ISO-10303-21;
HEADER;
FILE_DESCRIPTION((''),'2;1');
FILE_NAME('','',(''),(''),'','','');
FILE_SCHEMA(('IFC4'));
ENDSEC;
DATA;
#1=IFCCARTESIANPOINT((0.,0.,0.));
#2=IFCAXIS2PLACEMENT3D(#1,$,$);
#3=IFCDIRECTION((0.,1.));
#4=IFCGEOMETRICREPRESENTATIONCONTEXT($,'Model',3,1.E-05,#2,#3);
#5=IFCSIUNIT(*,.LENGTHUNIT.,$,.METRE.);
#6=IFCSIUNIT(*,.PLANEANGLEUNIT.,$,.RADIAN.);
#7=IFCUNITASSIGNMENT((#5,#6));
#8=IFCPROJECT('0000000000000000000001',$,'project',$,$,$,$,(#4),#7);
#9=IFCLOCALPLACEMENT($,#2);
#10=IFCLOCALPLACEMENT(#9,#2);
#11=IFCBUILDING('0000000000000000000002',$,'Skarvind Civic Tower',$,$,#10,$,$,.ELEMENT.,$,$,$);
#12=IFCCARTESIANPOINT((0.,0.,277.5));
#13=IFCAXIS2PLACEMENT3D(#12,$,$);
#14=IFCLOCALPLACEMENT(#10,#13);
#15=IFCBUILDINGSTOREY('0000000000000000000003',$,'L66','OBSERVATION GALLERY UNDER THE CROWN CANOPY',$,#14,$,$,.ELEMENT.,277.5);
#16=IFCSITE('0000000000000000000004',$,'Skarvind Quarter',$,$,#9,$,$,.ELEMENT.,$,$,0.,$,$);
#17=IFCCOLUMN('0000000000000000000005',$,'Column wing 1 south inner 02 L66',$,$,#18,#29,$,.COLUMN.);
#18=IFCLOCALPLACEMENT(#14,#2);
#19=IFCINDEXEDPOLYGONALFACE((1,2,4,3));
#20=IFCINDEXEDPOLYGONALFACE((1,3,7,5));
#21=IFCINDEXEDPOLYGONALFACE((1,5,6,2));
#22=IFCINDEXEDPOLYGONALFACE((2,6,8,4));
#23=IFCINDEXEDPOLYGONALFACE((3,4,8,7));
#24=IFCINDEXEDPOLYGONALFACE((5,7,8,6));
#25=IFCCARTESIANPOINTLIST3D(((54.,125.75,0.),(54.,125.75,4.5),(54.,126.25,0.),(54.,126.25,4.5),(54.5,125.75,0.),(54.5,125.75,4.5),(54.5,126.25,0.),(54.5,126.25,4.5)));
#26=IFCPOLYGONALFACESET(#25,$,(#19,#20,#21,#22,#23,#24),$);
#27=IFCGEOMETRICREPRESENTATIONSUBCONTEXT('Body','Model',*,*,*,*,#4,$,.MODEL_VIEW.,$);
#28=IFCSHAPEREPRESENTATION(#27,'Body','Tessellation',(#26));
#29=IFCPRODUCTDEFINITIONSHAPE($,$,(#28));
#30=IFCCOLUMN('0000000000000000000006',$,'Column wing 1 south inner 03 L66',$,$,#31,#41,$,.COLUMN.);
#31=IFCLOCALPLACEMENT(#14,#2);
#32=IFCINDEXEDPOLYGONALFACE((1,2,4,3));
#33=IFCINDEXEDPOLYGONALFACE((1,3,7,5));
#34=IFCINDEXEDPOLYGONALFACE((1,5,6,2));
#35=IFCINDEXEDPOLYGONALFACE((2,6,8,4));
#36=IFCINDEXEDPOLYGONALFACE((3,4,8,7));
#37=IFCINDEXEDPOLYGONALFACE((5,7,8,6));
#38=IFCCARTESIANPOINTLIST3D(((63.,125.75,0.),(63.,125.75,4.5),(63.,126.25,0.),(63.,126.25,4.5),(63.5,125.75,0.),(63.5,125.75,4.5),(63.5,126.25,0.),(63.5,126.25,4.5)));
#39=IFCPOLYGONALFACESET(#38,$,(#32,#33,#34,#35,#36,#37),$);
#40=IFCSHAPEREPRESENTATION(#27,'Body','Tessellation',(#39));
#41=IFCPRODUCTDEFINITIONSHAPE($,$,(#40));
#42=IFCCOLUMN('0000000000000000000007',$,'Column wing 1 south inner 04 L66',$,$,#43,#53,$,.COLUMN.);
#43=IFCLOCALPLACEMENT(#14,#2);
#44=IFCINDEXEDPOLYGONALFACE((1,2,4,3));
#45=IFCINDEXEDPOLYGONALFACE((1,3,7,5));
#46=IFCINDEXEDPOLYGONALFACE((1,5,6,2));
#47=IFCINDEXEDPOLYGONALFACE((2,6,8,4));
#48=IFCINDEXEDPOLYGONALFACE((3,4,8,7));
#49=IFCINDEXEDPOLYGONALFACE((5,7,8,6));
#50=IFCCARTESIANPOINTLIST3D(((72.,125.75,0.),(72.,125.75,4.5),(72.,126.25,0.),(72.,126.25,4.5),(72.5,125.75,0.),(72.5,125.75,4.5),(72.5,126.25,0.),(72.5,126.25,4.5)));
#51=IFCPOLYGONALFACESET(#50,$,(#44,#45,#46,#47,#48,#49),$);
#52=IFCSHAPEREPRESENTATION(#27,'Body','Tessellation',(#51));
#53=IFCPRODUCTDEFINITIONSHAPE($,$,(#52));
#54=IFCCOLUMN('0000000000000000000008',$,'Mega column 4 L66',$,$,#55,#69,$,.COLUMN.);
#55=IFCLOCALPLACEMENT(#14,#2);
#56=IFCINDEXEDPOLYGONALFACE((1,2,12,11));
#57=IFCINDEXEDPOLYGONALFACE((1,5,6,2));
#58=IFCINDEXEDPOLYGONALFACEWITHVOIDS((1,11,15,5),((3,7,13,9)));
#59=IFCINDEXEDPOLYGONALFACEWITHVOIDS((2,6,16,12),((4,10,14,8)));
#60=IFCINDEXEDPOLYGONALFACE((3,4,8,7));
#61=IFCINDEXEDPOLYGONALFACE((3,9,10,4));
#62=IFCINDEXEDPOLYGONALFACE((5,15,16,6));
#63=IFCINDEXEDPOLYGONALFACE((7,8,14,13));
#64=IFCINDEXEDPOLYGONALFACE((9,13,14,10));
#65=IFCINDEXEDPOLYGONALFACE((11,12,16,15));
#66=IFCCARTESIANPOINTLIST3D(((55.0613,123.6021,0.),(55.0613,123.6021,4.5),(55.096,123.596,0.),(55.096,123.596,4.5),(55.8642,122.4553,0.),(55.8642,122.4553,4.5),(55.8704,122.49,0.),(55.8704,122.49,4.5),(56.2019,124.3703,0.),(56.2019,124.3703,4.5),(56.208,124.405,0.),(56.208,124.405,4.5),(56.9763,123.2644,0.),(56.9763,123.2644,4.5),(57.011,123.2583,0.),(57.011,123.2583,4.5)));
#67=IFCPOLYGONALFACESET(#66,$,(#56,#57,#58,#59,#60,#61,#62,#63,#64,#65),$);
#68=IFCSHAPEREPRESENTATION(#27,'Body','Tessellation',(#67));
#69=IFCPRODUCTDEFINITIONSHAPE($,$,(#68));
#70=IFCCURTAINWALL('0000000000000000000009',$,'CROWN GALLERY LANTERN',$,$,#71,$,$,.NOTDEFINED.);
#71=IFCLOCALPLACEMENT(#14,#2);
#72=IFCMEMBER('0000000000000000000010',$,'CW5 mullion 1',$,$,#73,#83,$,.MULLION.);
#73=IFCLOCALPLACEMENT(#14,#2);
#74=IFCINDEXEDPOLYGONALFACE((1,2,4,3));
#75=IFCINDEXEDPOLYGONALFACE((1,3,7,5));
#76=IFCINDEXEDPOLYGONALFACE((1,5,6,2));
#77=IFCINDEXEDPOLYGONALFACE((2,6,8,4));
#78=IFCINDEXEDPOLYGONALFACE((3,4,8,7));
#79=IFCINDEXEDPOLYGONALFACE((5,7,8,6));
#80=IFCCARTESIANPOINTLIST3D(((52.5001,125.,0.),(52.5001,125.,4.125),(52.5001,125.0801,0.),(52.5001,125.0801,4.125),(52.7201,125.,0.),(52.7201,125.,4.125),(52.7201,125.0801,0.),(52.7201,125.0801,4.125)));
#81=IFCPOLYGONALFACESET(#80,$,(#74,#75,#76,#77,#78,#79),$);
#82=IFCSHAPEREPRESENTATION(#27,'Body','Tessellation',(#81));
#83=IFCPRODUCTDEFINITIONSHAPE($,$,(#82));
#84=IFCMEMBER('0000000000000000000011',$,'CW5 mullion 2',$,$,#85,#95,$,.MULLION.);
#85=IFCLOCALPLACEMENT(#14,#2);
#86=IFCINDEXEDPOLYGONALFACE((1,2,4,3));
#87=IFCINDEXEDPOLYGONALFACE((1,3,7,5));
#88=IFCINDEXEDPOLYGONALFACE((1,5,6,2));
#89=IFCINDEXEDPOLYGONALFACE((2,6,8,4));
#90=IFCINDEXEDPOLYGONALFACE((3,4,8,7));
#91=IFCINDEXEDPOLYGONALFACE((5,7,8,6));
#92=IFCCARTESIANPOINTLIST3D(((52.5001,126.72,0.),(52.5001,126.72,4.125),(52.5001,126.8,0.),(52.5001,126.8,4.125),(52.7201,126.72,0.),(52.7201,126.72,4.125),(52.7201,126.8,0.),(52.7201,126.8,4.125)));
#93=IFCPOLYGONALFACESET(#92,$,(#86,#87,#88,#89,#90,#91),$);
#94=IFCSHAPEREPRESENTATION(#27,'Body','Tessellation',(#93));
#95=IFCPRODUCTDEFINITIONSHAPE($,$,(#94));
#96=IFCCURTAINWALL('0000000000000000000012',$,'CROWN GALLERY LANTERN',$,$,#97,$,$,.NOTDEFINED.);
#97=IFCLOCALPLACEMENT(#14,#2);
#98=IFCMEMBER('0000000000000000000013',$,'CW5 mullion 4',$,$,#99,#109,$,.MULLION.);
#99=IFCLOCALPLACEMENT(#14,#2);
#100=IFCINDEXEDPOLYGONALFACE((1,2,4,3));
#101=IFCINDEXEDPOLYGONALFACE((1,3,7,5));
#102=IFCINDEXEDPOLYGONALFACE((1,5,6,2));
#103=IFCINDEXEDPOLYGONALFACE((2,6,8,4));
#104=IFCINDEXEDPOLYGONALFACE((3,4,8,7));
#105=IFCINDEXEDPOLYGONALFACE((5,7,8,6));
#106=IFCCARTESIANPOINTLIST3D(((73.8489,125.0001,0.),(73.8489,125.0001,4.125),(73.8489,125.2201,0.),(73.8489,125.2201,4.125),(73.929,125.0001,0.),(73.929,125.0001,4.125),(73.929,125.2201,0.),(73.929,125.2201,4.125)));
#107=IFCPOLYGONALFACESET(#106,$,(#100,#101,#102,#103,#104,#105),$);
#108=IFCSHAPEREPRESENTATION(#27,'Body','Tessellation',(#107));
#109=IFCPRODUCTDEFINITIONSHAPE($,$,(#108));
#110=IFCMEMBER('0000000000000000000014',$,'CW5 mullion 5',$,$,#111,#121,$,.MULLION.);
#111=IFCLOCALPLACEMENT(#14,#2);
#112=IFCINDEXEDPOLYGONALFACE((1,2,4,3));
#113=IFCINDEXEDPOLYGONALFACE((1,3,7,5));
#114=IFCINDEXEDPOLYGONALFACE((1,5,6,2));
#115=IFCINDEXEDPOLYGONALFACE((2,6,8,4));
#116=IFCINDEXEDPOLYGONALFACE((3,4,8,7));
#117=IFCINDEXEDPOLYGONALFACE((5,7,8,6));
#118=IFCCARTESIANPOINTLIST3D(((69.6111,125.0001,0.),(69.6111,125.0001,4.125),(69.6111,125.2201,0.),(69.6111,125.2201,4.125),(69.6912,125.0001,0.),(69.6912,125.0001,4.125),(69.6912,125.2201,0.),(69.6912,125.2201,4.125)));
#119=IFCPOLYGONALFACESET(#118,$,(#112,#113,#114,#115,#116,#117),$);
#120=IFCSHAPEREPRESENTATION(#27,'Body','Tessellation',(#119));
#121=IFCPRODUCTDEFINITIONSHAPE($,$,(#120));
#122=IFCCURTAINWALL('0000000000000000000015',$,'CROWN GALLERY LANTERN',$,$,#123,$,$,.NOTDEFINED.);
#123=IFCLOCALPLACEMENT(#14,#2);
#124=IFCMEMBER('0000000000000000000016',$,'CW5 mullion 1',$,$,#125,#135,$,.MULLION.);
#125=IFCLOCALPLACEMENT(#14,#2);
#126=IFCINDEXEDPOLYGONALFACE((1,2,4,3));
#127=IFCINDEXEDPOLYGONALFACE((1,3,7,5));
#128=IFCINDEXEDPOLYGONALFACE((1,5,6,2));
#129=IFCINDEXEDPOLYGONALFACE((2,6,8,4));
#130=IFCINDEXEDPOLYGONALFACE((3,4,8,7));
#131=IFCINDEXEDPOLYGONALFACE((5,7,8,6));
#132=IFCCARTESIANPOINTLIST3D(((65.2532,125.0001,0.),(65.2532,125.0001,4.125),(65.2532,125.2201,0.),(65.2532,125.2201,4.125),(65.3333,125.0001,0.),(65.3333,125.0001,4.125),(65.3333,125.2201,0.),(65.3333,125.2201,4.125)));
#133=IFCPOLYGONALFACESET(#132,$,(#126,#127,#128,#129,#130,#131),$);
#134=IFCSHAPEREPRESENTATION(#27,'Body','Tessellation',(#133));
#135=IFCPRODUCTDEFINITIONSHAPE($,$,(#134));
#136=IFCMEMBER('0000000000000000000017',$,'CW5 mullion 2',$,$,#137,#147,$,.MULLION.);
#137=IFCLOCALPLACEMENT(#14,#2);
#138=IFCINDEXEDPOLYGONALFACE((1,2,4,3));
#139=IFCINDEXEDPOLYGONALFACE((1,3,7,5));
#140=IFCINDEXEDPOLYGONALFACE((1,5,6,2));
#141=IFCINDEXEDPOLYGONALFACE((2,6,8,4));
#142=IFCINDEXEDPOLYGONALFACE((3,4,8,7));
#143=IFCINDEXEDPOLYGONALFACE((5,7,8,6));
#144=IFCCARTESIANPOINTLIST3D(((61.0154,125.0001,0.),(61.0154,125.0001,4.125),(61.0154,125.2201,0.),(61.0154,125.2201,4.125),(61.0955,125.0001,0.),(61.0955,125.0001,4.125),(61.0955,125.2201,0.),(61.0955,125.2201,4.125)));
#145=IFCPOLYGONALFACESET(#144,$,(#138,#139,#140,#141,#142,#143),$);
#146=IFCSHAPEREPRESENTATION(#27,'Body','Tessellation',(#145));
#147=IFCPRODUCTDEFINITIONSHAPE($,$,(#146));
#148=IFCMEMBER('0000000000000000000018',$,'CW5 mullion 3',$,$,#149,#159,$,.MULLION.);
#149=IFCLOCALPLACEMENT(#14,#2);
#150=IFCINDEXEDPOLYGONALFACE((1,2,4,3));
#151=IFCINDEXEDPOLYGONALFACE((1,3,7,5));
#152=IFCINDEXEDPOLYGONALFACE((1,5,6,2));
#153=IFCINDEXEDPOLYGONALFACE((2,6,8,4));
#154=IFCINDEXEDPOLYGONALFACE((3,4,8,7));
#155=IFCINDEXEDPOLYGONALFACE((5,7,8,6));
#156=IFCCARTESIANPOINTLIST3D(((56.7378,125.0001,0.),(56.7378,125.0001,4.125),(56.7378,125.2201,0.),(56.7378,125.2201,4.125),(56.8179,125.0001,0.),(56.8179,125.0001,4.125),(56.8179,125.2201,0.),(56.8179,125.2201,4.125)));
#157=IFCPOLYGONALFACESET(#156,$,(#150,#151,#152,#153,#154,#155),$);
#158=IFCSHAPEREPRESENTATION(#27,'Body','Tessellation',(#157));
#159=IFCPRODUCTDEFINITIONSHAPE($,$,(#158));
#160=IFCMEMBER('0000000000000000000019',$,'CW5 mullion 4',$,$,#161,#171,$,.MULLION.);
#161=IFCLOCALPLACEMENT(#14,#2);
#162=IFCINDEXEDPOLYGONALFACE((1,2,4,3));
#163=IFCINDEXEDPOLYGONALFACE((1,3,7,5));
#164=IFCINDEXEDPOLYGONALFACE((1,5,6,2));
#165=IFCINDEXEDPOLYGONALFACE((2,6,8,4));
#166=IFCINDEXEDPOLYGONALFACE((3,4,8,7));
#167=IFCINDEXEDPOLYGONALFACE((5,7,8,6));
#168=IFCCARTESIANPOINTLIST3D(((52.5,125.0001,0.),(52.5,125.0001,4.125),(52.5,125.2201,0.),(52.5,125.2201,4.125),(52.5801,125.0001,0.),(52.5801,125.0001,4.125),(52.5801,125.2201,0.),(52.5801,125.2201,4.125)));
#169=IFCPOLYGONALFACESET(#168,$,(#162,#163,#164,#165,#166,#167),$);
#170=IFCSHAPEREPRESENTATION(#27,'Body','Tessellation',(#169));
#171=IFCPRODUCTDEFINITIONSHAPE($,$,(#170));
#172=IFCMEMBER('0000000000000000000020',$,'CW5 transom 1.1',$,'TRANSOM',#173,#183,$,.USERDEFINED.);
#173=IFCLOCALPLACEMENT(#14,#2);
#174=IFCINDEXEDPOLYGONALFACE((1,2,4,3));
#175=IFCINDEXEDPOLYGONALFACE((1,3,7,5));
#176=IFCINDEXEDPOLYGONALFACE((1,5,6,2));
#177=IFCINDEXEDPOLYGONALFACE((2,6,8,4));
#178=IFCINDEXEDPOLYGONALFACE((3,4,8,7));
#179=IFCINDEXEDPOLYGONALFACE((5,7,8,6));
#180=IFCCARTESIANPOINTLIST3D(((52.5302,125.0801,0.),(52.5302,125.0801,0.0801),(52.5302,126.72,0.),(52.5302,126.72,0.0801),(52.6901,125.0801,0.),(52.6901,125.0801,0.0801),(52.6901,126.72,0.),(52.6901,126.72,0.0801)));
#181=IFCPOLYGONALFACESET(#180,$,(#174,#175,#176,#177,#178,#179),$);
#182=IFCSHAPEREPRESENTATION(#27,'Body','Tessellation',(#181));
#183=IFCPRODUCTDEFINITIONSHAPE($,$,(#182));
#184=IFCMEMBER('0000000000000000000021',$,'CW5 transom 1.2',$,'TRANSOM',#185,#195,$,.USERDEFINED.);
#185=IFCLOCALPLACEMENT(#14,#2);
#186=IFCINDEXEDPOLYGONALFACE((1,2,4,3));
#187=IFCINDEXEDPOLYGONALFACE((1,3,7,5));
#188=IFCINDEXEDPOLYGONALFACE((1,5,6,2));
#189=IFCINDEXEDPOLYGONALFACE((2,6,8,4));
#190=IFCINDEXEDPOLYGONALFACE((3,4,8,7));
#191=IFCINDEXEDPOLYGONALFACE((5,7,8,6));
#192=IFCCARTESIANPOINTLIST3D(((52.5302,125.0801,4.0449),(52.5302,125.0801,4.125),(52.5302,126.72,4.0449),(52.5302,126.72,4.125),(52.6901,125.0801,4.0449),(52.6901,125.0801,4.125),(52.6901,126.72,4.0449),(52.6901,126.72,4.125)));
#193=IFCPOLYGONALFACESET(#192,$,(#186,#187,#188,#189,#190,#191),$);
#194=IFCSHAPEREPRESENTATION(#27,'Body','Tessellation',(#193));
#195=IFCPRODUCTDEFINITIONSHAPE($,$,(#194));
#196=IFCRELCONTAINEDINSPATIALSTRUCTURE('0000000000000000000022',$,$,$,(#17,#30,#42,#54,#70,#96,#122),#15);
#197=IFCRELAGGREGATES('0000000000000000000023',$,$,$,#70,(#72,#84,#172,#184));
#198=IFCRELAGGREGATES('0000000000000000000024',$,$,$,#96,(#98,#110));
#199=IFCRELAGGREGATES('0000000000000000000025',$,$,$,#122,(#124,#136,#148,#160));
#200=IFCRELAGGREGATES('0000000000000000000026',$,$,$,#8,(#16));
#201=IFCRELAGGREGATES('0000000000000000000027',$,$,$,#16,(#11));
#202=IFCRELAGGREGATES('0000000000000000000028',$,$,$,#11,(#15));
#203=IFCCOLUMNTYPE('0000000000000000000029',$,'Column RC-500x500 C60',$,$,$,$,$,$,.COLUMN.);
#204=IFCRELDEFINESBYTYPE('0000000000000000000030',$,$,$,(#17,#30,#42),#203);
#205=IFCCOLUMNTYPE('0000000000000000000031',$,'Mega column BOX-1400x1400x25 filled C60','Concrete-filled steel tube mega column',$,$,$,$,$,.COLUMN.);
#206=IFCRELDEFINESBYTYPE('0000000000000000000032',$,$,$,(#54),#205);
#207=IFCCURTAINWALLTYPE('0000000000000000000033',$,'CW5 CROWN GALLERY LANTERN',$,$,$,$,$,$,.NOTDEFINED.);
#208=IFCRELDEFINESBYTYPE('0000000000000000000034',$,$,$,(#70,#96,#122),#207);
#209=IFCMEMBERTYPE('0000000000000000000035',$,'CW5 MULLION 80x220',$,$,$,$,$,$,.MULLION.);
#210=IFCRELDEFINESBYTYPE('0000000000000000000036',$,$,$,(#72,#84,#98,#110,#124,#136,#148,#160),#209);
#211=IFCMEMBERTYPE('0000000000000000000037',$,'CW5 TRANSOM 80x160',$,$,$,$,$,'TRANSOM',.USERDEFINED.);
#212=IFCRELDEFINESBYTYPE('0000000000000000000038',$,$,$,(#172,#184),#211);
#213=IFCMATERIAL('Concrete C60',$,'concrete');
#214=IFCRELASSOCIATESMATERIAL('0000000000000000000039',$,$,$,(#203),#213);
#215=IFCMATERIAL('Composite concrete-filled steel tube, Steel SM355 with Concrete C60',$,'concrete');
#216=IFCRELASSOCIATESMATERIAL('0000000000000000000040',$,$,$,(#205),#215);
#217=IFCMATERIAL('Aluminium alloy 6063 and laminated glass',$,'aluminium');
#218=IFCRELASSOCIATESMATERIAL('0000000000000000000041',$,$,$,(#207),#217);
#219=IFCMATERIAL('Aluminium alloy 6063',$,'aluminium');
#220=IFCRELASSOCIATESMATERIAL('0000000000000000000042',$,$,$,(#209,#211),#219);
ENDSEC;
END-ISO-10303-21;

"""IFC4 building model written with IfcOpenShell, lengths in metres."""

from ifc_helpers import new_model, si_unit, direction, frame, origin, origin_2d, place, context, subcontext, project, spatial, rectangle, hollow_rectangle, extrude, material, material_profile, profile_set, type_object, element, aggregate, save


model = new_model("IFC4")

# Units and contexts
model_context = context("Model", 3, precision=1e-05, world=origin(), true_north=direction((0.0, 1.0)))
body_context = subcontext(model_context, "Body", "Model", "MODEL_VIEW")
ifc_project = project(units=[si_unit("LENGTHUNIT", "METRE"), si_unit("PLANEANGLEUNIT", "RADIAN")], contexts=[model_context])

# Site, building, storey
site_placement = place(None, origin())
site = spatial("IfcSite", under=ifc_project, at=site_placement, Name="Skarvind Quarter", CompositionType="ELEMENT", RefElevation=0.0)
building_placement = place(site_placement, origin())
building = spatial("IfcBuilding", under=site, at=building_placement, Name="Skarvind Civic Tower", CompositionType="ELEMENT")
storey_placement = place(building_placement, frame((0.0, 0.0, 277.5)))
storey = spatial("IfcBuildingStorey", under=building, at=storey_placement, Name="L66", Description="OBSERVATION GALLERY UNDER THE CROWN CANOPY", CompositionType="ELEMENT", Elevation=277.5)

# Columns
ifc_material_1 = material(Name="Concrete C60", Category="concrete")
ifc_material_profile_1 = material_profile(ifc_material_1, rectangle(XDim=0.5, YDim=0.5, at=origin_2d()), Name="RC-500x500")
ifc_profile_set_1 = profile_set([ifc_material_profile_1], Name="Concrete C60")
column_type_1 = type_object("IfcColumnType", Name="Column RC-500x500 C60", PredefinedType="COLUMN", material=ifc_profile_set_1)
for number, where, z_axis, x_axis, name in (
    (1, (54.25, 126.0, 0.0), (0.0, 0.0, 1.0), (1.0, 0.0, 0.0), "Column wing 1 south inner 02 L66"),
    (2, (63.25, 126.0, 0.0), (0.0, 0.0, 1.0), (1.0, 0.0, 0.0), "Column wing 1 south inner 03 L66"),
    (3, (72.25, 126.0, 0.0), (0.0, 0.0, 1.0), (1.0, 0.0, 0.0), "Column wing 1 south inner 04 L66"),
):
    element("IfcColumn", number, at=place(storey_placement, frame(where, z_axis=z_axis, x_axis=x_axis)), inside=storey, type_object=column_type_1, Name=name, PredefinedType="COLUMN", context=body_context, shape_type="SweptSolid", body=[
        extrude(rectangle(XDim=0.5, YDim=0.5, at=origin_2d()), origin(), (0.0, 0.0, 1.0), 4.5),
    ])
ifc_material_2 = material(Name="Composite concrete-filled steel tube, Steel SM355 with Concrete C60", Category="concrete")
ifc_material_profile_2 = material_profile(ifc_material_2, hollow_rectangle(XDim=1.3999, YDim=1.3999, WallThickness=0.0249, at=origin_2d()), Name="BOX-1400x1400x25")
ifc_profile_set_2 = profile_set([ifc_material_profile_2], Name="Composite concrete-filled steel tube, Steel SM355 with Concrete C60")
column_type_2 = type_object("IfcColumnType", Name="Mega column BOX-1400x1400x25 filled C60", Description="Concrete-filled steel tube mega column", PredefinedType="COLUMN", material=ifc_profile_set_2)
column_placement = place(storey_placement, frame((56.0361, 123.4302, 0.0), z_axis=(0.0, 0.0, 1.0), x_axis=(0.573576, -0.819152, 0.0)))
element("IfcColumn", 4, at=column_placement, inside=storey, type_object=column_type_2, Name="Mega column 4 L66", PredefinedType="COLUMN", context=body_context, shape_type="SweptSolid", body=[
    extrude(hollow_rectangle(XDim=1.3999, YDim=1.3999, WallThickness=0.0249, at=origin_2d()), origin(), (0.0, 0.0, 1.0), 4.5),
])

# Curtain walls, members
ifc_material_3 = material(Name="Aluminium alloy 6063 and laminated glass", Category="aluminium")
curtain_wall_type = type_object("IfcCurtainWallType", Name="CW5 CROWN GALLERY LANTERN", PredefinedType="NOTDEFINED", material=ifc_material_3)
curtain_wall_1_placement = place(storey_placement, origin())
curtain_wall_1 = element("IfcCurtainWall", 5, at=curtain_wall_1_placement, inside=storey, type_object=curtain_wall_type, Name="CROWN GALLERY LANTERN", PredefinedType="NOTDEFINED")
ifc_material_4 = material(Name="Aluminium alloy 6063", Category="aluminium")
ifc_material_profile_3 = material_profile(ifc_material_4, rectangle(XDim=0.22, YDim=0.0801, at=origin_2d()), Name="AL 80x220")
ifc_profile_set_3 = profile_set([ifc_material_profile_3], Name="Aluminium alloy 6063")
member_type_1 = type_object("IfcMemberType", Name="CW5 MULLION 80x220", PredefinedType="MULLION", material=ifc_profile_set_3)
member_1_placement = place(storey_placement, frame((52.6101, 125.04, 0.0), z_axis=(0.0, 0.0, 1.0), x_axis=(-1.0, 0.0, 0.0)))
member_1 = element("IfcMember", 6, at=member_1_placement, type_object=member_type_1, Name="CW5 mullion 1", PredefinedType="MULLION", context=body_context, shape_type="SweptSolid", body=[
    extrude(rectangle(XDim=0.22, YDim=0.0801, at=origin_2d()), origin(), (0.0, 0.0, 1.0), 4.125),
])
member_2_placement = place(storey_placement, frame((52.6101, 126.76, 0.0), z_axis=(0.0, 0.0, 1.0), x_axis=(-1.0, 0.0, 0.0)))
member_2 = element("IfcMember", 7, at=member_2_placement, type_object=member_type_1, Name="CW5 mullion 2", PredefinedType="MULLION", context=body_context, shape_type="SweptSolid", body=[
    extrude(rectangle(XDim=0.22, YDim=0.0801, at=origin_2d()), origin(), (0.0, 0.0, 1.0), 4.125),
])
curtain_wall_2_placement = place(storey_placement, origin())
curtain_wall_2 = element("IfcCurtainWall", 8, at=curtain_wall_2_placement, inside=storey, type_object=curtain_wall_type, Name="CROWN GALLERY LANTERN", PredefinedType="NOTDEFINED")
member_3_placement = place(storey_placement, frame((73.8889, 125.1101, 0.0), z_axis=(0.0, 0.0, 1.0), x_axis=(0.0, -1.0, 0.0)))
member_3 = element("IfcMember", 9, at=member_3_placement, type_object=member_type_1, Name="CW5 mullion 4", PredefinedType="MULLION", context=body_context, shape_type="SweptSolid", body=[
    extrude(rectangle(XDim=0.22, YDim=0.0801, at=origin_2d()), origin(), (0.0, 0.0, 1.0), 4.125),
])
member_4_placement = place(storey_placement, frame((69.6511, 125.1101, 0.0), z_axis=(0.0, 0.0, 1.0), x_axis=(0.0, -1.0, 0.0)))
member_4 = element("IfcMember", 10, at=member_4_placement, type_object=member_type_1, Name="CW5 mullion 5", PredefinedType="MULLION", context=body_context, shape_type="SweptSolid", body=[
    extrude(rectangle(XDim=0.22, YDim=0.0801, at=origin_2d()), origin(), (0.0, 0.0, 1.0), 4.125),
])
curtain_wall_3_placement = place(storey_placement, origin())
curtain_wall_3 = element("IfcCurtainWall", 11, at=curtain_wall_3_placement, inside=storey, type_object=curtain_wall_type, Name="CROWN GALLERY LANTERN", PredefinedType="NOTDEFINED")
member_5_placement = place(storey_placement, frame((65.2932, 125.1101, 0.0), z_axis=(0.0, 0.0, 1.0), x_axis=(0.0, -1.0, 0.0)))
member_5 = element("IfcMember", 12, at=member_5_placement, type_object=member_type_1, Name="CW5 mullion 1", PredefinedType="MULLION", context=body_context, shape_type="SweptSolid", body=[
    extrude(rectangle(XDim=0.22, YDim=0.0801, at=origin_2d()), origin(), (0.0, 0.0, 1.0), 4.125),
])
member_6_placement = place(storey_placement, frame((61.0554, 125.1101, 0.0), z_axis=(0.0, 0.0, 1.0), x_axis=(0.0, -1.0, 0.0)))
member_6 = element("IfcMember", 13, at=member_6_placement, type_object=member_type_1, Name="CW5 mullion 2", PredefinedType="MULLION", context=body_context, shape_type="SweptSolid", body=[
    extrude(rectangle(XDim=0.22, YDim=0.0801, at=origin_2d()), origin(), (0.0, 0.0, 1.0), 4.125),
])
member_7_placement = place(storey_placement, frame((56.7778, 125.1101, 0.0), z_axis=(0.0, 0.0, 1.0), x_axis=(0.0, -1.0, 0.0)))
member_7 = element("IfcMember", 14, at=member_7_placement, type_object=member_type_1, Name="CW5 mullion 3", PredefinedType="MULLION", context=body_context, shape_type="SweptSolid", body=[
    extrude(rectangle(XDim=0.22, YDim=0.0801, at=origin_2d()), origin(), (0.0, 0.0, 1.0), 4.125),
])
member_8_placement = place(storey_placement, frame((52.54, 125.1101, 0.0), z_axis=(0.0, 0.0, 1.0), x_axis=(0.0, -1.0, 0.0)))
member_8 = element("IfcMember", 15, at=member_8_placement, type_object=member_type_1, Name="CW5 mullion 4", PredefinedType="MULLION", context=body_context, shape_type="SweptSolid", body=[
    extrude(rectangle(XDim=0.22, YDim=0.0801, at=origin_2d()), origin(), (0.0, 0.0, 1.0), 4.125),
])

# Members
ifc_material_profile_4 = material_profile(ifc_material_4, rectangle(XDim=0.1599, YDim=0.0801, at=origin_2d()), Name="AL 80x160")
ifc_profile_set_4 = profile_set([ifc_material_profile_4], Name="Aluminium alloy 6063")
member_type_2 = type_object("IfcMemberType", Name="CW5 TRANSOM 80x160", ElementType="TRANSOM", PredefinedType="USERDEFINED", material=ifc_profile_set_4)
member_9_placement = place(storey_placement, frame((52.6101, 125.0801, 0.04), z_axis=(0.0, 1.0, 0.0), x_axis=(-1.0, 0.0, 0.0)))
member_9 = element("IfcMember", 16, at=member_9_placement, type_object=member_type_2, Name="CW5 transom 1.1", ObjectType="TRANSOM", PredefinedType="USERDEFINED", context=body_context, shape_type="SweptSolid", body=[
    extrude(rectangle(XDim=0.1599, YDim=0.0801, at=origin_2d()), origin(), (0.0, 0.0, 1.0), 1.6399),
])
member_10_placement = place(storey_placement, frame((52.6101, 125.0801, 4.085), z_axis=(0.0, 1.0, 0.0), x_axis=(-1.0, 0.0, 0.0)))
member_10 = element("IfcMember", 17, at=member_10_placement, type_object=member_type_2, Name="CW5 transom 1.2", ObjectType="TRANSOM", PredefinedType="USERDEFINED", context=body_context, shape_type="SweptSolid", body=[
    extrude(rectangle(XDim=0.1599, YDim=0.0801, at=origin_2d()), origin(), (0.0, 0.0, 1.0), 1.6399),
])

aggregate(curtain_wall_1, [member_1, member_2, member_9, member_10])
aggregate(curtain_wall_2, [member_3, member_4])
aggregate(curtain_wall_3, [member_5, member_6, member_7, member_8])

save(model, "model.ifc")
